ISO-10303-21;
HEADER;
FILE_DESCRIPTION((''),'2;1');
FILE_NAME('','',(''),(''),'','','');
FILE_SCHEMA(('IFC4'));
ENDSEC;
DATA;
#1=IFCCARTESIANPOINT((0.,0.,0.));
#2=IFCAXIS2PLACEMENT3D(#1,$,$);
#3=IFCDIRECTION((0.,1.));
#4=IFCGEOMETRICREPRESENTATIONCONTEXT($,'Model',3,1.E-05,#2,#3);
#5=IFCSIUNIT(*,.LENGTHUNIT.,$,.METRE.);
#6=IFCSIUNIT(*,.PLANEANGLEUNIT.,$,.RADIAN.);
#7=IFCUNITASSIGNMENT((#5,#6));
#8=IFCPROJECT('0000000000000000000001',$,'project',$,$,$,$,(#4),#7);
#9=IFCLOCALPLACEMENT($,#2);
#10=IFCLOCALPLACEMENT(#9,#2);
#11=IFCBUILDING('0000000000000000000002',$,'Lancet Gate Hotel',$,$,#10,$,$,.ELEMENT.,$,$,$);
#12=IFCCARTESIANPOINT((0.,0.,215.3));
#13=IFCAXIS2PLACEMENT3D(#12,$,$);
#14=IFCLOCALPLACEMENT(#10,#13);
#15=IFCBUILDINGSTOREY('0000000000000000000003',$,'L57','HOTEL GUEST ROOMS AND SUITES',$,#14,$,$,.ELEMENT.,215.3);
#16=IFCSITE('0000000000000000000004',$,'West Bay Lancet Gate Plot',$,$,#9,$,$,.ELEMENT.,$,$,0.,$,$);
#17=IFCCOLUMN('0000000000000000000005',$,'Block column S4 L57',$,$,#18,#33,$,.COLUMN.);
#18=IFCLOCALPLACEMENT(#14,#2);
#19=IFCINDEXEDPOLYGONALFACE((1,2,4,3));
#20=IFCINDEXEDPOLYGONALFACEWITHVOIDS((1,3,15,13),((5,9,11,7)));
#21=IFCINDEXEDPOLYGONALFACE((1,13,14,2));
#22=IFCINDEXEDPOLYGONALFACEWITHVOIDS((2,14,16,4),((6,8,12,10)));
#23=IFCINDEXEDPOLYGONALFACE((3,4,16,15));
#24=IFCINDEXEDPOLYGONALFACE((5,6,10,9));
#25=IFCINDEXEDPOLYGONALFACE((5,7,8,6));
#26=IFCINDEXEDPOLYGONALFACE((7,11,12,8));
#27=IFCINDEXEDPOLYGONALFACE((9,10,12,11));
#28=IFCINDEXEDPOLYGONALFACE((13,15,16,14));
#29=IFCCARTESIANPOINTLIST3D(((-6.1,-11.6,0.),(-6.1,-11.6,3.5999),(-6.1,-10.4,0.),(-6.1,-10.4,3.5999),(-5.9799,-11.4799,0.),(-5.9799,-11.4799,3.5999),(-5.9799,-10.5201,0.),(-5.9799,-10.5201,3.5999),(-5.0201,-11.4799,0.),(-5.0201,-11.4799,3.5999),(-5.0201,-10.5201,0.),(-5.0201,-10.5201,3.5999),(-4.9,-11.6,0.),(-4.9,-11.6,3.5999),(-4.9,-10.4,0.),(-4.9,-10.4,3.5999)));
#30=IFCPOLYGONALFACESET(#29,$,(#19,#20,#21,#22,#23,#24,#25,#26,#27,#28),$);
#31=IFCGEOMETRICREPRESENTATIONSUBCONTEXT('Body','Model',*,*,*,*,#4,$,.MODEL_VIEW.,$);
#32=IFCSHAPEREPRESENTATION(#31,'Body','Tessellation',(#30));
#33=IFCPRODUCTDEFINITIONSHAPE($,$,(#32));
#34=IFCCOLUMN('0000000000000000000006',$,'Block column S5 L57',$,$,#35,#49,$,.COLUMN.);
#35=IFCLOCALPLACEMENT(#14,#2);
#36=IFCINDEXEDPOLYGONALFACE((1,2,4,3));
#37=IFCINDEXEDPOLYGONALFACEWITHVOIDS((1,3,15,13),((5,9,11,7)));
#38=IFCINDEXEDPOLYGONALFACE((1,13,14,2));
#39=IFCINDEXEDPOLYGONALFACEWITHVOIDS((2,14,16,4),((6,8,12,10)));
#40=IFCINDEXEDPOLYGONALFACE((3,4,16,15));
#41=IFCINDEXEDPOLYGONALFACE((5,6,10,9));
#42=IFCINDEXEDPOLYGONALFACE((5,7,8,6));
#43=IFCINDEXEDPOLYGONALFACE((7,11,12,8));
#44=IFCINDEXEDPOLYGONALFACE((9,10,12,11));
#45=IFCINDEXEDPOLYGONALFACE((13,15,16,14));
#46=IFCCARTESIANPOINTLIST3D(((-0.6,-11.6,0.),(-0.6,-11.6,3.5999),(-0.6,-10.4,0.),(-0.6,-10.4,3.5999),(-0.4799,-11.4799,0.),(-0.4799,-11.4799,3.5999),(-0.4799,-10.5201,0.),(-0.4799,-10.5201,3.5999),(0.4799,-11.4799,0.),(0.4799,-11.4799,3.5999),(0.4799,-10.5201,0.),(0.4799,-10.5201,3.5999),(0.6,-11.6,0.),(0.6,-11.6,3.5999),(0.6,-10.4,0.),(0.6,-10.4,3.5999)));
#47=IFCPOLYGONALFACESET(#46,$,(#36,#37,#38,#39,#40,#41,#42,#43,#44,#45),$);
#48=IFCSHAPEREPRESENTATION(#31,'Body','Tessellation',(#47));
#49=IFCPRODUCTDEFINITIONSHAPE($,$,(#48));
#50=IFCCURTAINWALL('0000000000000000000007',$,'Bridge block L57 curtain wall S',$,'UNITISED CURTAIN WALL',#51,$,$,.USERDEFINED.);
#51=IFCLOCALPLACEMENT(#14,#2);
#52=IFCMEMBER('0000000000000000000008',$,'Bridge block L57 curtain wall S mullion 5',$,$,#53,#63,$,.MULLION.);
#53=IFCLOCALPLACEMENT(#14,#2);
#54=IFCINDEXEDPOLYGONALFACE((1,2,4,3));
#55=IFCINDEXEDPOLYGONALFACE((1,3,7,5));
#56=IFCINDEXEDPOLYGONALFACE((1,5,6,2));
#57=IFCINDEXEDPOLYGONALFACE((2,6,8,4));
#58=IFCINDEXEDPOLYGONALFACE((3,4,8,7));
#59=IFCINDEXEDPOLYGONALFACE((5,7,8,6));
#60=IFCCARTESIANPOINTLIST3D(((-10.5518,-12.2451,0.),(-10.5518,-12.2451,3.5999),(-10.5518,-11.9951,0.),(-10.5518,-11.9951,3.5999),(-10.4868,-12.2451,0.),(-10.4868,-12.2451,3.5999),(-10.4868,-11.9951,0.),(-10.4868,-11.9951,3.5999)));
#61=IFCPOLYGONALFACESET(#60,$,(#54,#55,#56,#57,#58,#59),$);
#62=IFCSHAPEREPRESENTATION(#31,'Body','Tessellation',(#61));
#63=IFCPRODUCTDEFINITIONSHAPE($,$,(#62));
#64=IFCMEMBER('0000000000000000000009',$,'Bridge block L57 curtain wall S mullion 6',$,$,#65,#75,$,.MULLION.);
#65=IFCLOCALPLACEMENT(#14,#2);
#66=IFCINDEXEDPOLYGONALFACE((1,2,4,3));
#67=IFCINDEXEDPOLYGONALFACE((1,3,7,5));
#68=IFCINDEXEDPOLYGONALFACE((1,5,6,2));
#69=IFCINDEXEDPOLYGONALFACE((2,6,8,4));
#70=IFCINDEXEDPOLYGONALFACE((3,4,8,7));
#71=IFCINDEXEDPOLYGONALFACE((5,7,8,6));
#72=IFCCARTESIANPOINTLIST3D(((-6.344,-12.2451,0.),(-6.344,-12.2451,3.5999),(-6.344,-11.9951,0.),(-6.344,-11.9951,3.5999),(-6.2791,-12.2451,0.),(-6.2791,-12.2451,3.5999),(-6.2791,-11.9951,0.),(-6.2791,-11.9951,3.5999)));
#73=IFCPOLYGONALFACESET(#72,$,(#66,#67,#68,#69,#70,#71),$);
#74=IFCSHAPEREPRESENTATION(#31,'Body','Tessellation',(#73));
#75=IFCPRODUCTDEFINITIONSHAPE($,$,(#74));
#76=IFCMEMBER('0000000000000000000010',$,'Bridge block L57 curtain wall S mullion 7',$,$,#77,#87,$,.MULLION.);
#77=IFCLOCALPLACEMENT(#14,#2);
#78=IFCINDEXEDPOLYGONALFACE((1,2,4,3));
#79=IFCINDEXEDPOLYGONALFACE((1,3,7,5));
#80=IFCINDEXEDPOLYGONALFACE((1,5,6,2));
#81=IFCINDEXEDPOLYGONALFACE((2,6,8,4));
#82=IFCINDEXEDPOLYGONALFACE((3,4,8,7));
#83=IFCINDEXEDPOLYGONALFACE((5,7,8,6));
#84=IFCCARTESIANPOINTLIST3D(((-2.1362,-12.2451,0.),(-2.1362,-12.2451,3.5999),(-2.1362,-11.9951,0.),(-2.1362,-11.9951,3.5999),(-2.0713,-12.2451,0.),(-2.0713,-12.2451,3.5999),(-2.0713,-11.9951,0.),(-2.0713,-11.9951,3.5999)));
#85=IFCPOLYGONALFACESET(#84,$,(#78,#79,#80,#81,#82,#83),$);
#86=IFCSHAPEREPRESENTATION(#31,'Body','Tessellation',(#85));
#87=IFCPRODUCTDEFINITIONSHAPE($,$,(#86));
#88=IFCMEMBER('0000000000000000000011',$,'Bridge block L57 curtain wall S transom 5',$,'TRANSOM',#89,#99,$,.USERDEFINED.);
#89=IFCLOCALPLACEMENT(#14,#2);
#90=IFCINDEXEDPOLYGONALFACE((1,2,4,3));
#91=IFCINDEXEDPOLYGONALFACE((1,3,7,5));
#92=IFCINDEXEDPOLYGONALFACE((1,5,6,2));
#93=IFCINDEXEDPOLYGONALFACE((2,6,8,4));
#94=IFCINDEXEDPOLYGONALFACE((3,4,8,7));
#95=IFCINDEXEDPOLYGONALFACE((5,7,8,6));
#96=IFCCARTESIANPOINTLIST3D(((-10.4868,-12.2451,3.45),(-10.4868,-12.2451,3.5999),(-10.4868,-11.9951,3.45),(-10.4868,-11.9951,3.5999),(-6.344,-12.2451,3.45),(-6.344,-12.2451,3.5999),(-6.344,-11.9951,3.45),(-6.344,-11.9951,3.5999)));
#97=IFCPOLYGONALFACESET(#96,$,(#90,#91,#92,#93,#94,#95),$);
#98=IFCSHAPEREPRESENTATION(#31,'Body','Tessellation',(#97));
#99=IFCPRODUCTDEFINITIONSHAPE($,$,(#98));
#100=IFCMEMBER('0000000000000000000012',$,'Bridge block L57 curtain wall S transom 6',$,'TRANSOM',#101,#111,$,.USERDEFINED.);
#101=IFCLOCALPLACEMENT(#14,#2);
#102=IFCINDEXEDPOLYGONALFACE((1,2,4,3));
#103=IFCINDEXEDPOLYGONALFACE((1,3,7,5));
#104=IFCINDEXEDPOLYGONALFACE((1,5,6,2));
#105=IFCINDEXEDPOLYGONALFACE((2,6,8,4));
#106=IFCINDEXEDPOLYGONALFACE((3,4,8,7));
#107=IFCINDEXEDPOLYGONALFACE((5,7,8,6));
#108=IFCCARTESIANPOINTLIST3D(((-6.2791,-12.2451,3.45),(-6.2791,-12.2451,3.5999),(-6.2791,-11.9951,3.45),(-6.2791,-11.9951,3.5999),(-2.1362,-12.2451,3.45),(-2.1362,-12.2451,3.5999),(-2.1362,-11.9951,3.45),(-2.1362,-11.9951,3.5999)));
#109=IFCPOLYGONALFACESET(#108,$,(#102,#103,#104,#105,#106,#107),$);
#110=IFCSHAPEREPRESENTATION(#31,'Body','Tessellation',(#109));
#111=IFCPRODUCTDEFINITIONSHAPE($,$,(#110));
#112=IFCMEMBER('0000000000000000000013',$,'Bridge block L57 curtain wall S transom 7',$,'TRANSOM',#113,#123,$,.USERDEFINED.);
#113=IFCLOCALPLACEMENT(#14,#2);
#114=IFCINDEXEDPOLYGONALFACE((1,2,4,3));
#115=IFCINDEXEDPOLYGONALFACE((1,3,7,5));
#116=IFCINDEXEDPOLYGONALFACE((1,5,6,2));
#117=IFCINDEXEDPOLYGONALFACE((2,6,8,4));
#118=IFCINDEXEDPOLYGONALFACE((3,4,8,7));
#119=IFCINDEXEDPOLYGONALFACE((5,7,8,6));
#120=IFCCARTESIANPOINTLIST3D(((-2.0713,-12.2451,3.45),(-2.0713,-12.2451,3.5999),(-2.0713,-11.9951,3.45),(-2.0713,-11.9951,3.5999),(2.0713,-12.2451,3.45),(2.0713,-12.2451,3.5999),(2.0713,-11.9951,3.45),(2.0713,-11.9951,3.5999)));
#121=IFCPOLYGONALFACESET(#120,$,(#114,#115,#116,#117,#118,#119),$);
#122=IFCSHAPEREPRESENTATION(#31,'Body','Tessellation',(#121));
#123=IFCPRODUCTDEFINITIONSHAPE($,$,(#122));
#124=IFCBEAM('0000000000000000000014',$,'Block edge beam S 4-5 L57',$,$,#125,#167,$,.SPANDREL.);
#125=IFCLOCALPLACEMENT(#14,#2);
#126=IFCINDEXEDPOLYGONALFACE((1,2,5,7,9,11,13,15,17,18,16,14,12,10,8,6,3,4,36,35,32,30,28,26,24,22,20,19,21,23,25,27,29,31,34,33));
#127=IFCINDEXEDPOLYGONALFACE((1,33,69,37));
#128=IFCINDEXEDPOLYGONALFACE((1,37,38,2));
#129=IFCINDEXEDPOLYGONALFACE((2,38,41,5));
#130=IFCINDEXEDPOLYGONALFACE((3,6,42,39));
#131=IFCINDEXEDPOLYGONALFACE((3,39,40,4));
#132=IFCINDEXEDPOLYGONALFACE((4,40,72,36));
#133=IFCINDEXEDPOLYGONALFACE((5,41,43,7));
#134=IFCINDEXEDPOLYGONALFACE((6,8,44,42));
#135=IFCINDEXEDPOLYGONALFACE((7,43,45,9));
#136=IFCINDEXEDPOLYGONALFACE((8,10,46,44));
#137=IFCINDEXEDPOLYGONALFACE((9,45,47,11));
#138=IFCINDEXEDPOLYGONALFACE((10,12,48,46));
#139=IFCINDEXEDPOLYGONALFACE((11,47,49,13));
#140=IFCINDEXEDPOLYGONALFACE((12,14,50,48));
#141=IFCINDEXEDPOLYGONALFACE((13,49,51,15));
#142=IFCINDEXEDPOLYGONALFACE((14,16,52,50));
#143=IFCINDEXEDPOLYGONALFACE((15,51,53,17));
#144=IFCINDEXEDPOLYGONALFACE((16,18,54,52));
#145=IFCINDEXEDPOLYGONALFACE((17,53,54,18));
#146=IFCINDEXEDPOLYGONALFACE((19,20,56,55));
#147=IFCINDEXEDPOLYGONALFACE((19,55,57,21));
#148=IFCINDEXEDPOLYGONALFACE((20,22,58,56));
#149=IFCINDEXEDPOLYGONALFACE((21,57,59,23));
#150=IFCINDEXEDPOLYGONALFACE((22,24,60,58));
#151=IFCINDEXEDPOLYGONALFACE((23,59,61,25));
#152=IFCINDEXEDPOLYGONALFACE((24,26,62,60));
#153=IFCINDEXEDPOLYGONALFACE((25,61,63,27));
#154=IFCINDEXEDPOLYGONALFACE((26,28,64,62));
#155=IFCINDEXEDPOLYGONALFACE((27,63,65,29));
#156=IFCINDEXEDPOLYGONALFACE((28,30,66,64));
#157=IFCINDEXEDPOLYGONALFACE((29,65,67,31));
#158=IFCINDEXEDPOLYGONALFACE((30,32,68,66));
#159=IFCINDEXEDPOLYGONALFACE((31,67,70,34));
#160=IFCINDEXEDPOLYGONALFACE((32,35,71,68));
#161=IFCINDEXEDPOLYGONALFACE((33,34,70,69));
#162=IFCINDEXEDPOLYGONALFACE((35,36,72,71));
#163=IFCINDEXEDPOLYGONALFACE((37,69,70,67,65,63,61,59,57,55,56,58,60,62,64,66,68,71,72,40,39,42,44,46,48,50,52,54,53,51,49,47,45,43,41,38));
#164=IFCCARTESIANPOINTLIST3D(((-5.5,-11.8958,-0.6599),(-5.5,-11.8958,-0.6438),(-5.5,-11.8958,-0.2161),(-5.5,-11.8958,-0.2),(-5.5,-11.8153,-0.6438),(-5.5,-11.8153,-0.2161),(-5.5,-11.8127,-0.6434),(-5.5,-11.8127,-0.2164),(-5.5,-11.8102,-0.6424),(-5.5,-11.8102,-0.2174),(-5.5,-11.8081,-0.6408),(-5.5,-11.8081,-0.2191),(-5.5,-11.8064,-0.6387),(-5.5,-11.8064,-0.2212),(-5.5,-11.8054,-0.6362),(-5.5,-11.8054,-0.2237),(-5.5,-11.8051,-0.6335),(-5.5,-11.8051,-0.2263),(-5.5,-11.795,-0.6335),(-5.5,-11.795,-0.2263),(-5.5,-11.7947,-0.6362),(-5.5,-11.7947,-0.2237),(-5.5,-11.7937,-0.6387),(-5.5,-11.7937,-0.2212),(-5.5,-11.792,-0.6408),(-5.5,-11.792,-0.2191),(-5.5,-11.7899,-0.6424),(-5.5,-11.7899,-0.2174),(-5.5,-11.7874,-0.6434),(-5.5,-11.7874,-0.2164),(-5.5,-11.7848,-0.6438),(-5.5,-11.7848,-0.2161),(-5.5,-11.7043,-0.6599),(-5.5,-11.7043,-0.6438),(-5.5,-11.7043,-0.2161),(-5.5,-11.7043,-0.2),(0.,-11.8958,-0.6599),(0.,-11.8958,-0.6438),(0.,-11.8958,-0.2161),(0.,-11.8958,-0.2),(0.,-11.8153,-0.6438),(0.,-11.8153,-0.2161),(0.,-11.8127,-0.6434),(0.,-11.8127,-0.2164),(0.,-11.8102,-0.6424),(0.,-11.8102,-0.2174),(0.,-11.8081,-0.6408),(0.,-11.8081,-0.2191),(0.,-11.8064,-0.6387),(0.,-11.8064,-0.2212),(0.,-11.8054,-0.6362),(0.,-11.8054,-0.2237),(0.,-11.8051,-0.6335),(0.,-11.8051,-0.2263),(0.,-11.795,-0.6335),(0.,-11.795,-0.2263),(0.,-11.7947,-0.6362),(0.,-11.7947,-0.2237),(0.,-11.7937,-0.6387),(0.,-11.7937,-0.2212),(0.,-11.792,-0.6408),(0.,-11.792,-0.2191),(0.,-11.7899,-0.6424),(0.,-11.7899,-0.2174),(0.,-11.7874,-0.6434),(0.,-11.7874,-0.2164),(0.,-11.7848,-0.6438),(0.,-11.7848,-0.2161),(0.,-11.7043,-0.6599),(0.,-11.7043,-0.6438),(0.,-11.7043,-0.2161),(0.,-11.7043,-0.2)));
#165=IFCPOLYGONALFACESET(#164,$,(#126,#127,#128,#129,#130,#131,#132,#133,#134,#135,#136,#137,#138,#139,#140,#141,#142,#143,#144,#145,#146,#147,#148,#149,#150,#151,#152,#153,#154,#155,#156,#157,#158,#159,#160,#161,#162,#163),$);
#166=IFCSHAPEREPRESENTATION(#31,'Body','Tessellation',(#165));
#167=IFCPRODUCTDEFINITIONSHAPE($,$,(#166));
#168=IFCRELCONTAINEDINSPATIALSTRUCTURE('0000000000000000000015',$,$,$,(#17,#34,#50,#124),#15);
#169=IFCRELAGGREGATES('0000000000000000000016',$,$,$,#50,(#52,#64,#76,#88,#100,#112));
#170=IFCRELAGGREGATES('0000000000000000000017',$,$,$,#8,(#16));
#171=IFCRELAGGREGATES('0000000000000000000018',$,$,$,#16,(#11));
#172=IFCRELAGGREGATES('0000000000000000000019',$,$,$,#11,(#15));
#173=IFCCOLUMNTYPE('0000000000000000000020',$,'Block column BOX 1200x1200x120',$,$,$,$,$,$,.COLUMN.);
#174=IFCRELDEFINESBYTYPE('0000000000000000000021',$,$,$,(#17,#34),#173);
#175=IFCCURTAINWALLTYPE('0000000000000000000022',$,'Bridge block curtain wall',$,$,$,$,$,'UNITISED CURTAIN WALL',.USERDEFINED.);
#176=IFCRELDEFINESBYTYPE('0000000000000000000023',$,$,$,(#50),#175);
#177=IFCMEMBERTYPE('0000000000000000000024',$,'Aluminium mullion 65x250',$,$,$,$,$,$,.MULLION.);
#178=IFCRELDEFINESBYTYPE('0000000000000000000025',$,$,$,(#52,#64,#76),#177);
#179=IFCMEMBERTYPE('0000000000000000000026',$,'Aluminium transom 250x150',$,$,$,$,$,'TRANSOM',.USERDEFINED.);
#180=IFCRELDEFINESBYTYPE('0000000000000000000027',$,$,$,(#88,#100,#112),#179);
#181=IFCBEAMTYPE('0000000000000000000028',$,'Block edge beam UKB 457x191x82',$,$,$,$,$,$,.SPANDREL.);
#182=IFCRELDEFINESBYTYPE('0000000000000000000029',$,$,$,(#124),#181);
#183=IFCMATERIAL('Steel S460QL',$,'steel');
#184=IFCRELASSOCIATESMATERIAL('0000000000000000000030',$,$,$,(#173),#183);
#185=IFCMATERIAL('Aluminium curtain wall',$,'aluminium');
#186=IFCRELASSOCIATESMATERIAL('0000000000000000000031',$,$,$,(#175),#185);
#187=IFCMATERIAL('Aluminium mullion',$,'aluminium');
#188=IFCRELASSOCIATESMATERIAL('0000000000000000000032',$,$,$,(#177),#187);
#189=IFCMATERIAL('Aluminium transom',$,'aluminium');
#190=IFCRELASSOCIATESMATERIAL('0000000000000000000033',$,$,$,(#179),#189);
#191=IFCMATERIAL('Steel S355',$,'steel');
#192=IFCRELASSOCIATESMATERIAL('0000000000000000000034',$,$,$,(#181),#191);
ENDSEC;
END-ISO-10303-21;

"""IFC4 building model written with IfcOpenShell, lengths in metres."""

from ifc_helpers import new_model, si_unit, direction, frame, origin, origin_2d, place, context, subcontext, project, spatial, rectangle, hollow_rectangle, i_section, extrude, material, material_profile, profile_set, type_object, element, aggregate, save


model = new_model("IFC4")

# Units and contexts
model_context = context("Model", 3, precision=1e-05, world=origin(), true_north=direction((0.0, 1.0)))
body_context = subcontext(model_context, "Body", "Model", "MODEL_VIEW")
ifc_project = project(units=[si_unit("LENGTHUNIT", "METRE"), si_unit("PLANEANGLEUNIT", "RADIAN")], contexts=[model_context])

# Site, building, storey
site_placement = place(None, origin())
site = spatial("IfcSite", under=ifc_project, at=site_placement, Name="West Bay Lancet Gate Plot", CompositionType="ELEMENT", RefElevation=0.0)
building_placement = place(site_placement, origin())
building = spatial("IfcBuilding", under=site, at=building_placement, Name="Lancet Gate Hotel", CompositionType="ELEMENT")
storey_placement = place(building_placement, frame((0.0, 0.0, 215.3)))
storey = spatial("IfcBuildingStorey", under=building, at=storey_placement, Name="L57", Description="HOTEL GUEST ROOMS AND SUITES", CompositionType="ELEMENT", Elevation=215.3)

# Columns
ifc_material_1 = material(Name="Steel S460QL", Category="steel")
ifc_material_profile_1 = material_profile(ifc_material_1, hollow_rectangle(XDim=1.2, YDim=1.2, WallThickness=0.1201, at=origin_2d()), Name="BOX 1200x1200x120")
ifc_profile_set_1 = profile_set([ifc_material_profile_1], Name="Steel S460QL")
column_type = type_object("IfcColumnType", Name="Block column BOX 1200x1200x120", PredefinedType="COLUMN", material=ifc_profile_set_1)
for number, where, z_axis, x_axis, name in (
    (1, (-5.5, -11.0, 0.0), (0.0, 0.0, 1.0), (1.0, 0.0, 0.0), "Block column S4 L57"),
    (2, (0.0, -11.0, 0.0), (0.0, 0.0, 1.0), (1.0, 0.0, 0.0), "Block column S5 L57"),
):
    element("IfcColumn", number, at=place(storey_placement, frame(where, z_axis=z_axis, x_axis=x_axis)), inside=storey, type_object=column_type, Name=name, PredefinedType="COLUMN", context=body_context, shape_type="SweptSolid", body=[
        extrude(hollow_rectangle(XDim=1.2, YDim=1.2, WallThickness=0.1201, at=origin_2d()), origin(), (0.0, 0.0, 1.0), 3.5999),
    ])

# Curtain wall, members
ifc_material_2 = material(Name="Aluminium curtain wall", Category="aluminium")
curtain_wall_type = type_object("IfcCurtainWallType", Name="Bridge block curtain wall", ElementType="UNITISED CURTAIN WALL", PredefinedType="USERDEFINED", material=ifc_material_2)
curtain_wall_placement = place(storey_placement, origin())
curtain_wall = element("IfcCurtainWall", 3, at=curtain_wall_placement, inside=storey, type_object=curtain_wall_type, Name="Bridge block L57 curtain wall S", ObjectType="UNITISED CURTAIN WALL", PredefinedType="USERDEFINED")
ifc_material_3 = material(Name="Aluminium mullion", Category="aluminium")
ifc_material_profile_2 = material_profile(ifc_material_3, rectangle(XDim=0.0649, YDim=0.25, at=origin_2d()), Name="MULLION 65x250")
ifc_profile_set_2 = profile_set([ifc_material_profile_2], Name="Aluminium mullion")
member_type_1 = type_object("IfcMemberType", Name="Aluminium mullion 65x250", PredefinedType="MULLION", material=ifc_profile_set_2)
member_1_placement = place(storey_placement, frame((-10.5193, -12.1201, 0.0), z_axis=(0.0, 0.0, 1.0), x_axis=(1.0, 0.0, 0.0)))
member_1 = element("IfcMember", 4, at=member_1_placement, type_object=member_type_1, Name="Bridge block L57 curtain wall S mullion 5", PredefinedType="MULLION", context=body_context, shape_type="SweptSolid", body=[
    extrude(rectangle(XDim=0.0649, YDim=0.25, at=origin_2d()), origin(), (0.0, 0.0, 1.0), 3.5999),
])
member_2_placement = place(storey_placement, frame((-6.3115, -12.1201, 0.0), z_axis=(0.0, 0.0, 1.0), x_axis=(1.0, 0.0, 0.0)))
member_2 = element("IfcMember", 5, at=member_2_placement, type_object=member_type_1, Name="Bridge block L57 curtain wall S mullion 6", PredefinedType="MULLION", context=body_context, shape_type="SweptSolid", body=[
    extrude(rectangle(XDim=0.0649, YDim=0.25, at=origin_2d()), origin(), (0.0, 0.0, 1.0), 3.5999),
])
member_3_placement = place(storey_placement, frame((-2.1038, -12.1201, 0.0), z_axis=(0.0, 0.0, 1.0), x_axis=(1.0, 0.0, 0.0)))
member_3 = element("IfcMember", 6, at=member_3_placement, type_object=member_type_1, Name="Bridge block L57 curtain wall S mullion 7", PredefinedType="MULLION", context=body_context, shape_type="SweptSolid", body=[
    extrude(rectangle(XDim=0.0649, YDim=0.25, at=origin_2d()), origin(), (0.0, 0.0, 1.0), 3.5999),
])
ifc_material_4 = material(Name="Aluminium transom", Category="aluminium")
ifc_material_profile_3 = material_profile(ifc_material_4, rectangle(XDim=0.25, YDim=0.1499, at=origin_2d()), Name="TRANSOM 250x150")
ifc_profile_set_3 = profile_set([ifc_material_profile_3], Name="Aluminium transom")
member_type_2 = type_object("IfcMemberType", Name="Aluminium transom 250x150", ElementType="TRANSOM", PredefinedType="USERDEFINED", material=ifc_profile_set_3)
member_4_placement = place(storey_placement, frame((-10.4868, -12.1201, 3.5249), z_axis=(1.0, 0.0, 0.0), x_axis=(0.0, 1.0, 0.0)))
member_4 = element("IfcMember", 7, at=member_4_placement, type_object=member_type_2, Name="Bridge block L57 curtain wall S transom 5", ObjectType="TRANSOM", PredefinedType="USERDEFINED", context=body_context, shape_type="SweptSolid", body=[
    extrude(rectangle(XDim=0.25, YDim=0.1499, at=origin_2d()), origin(), (0.0, 0.0, 1.0), 4.1428),
])
member_5_placement = place(storey_placement, frame((-6.2791, -12.1201, 3.5249), z_axis=(1.0, 0.0, 0.0), x_axis=(0.0, 1.0, 0.0)))
member_5 = element("IfcMember", 8, at=member_5_placement, type_object=member_type_2, Name="Bridge block L57 curtain wall S transom 6", ObjectType="TRANSOM", PredefinedType="USERDEFINED", context=body_context, shape_type="SweptSolid", body=[
    extrude(rectangle(XDim=0.25, YDim=0.1499, at=origin_2d()), origin(), (0.0, 0.0, 1.0), 4.1428),
])
member_6_placement = place(storey_placement, frame((-2.0713, -12.1201, 3.5249), z_axis=(1.0, 0.0, 0.0), x_axis=(0.0, 1.0, 0.0)))
member_6 = element("IfcMember", 9, at=member_6_placement, type_object=member_type_2, Name="Bridge block L57 curtain wall S transom 7", ObjectType="TRANSOM", PredefinedType="USERDEFINED", context=body_context, shape_type="SweptSolid", body=[
    extrude(rectangle(XDim=0.25, YDim=0.1499, at=origin_2d()), origin(), (0.0, 0.0, 1.0), 4.1426),
])

# Beam
ifc_material_5 = material(Name="Steel S355", Category="steel")
ifc_material_profile_4 = material_profile(ifc_material_5, i_section(OverallWidth=0.1914, OverallDepth=0.46, WebThickness=0.01, FlangeThickness=0.0161, FilletRadius=0.0103, at=origin_2d()), Name="UKB 457x191x82")
ifc_profile_set_4 = profile_set([ifc_material_profile_4], Name="Steel S355")
beam_type_1 = type_object("IfcBeamType", Name="Block edge beam UKB 457x191x82", PredefinedType="SPANDREL", material=ifc_profile_set_4)
for number, where, z_axis, x_axis, name in (
    (10, (-5.5, -11.8, -0.4299), (1.0, 0.0, 0.0), (0.0, 1.0, 0.0), "Block edge beam S 4-5 L57"),
):
    element("IfcBeam", number, at=place(storey_placement, frame(where, z_axis=z_axis, x_axis=x_axis)), inside=storey, type_object=beam_type_1, Name=name, PredefinedType="SPANDREL", context=body_context, shape_type="SweptSolid", body=[
        extrude(i_section(OverallWidth=0.1914, OverallDepth=0.46, WebThickness=0.01, FlangeThickness=0.0161, FilletRadius=0.0103, at=origin_2d()), origin(), (0.0, 0.0, 1.0), 5.5),
    ])

aggregate(curtain_wall, [member_1, member_2, member_3, member_4, member_5, member_6])

save(model, "model.ifc")
